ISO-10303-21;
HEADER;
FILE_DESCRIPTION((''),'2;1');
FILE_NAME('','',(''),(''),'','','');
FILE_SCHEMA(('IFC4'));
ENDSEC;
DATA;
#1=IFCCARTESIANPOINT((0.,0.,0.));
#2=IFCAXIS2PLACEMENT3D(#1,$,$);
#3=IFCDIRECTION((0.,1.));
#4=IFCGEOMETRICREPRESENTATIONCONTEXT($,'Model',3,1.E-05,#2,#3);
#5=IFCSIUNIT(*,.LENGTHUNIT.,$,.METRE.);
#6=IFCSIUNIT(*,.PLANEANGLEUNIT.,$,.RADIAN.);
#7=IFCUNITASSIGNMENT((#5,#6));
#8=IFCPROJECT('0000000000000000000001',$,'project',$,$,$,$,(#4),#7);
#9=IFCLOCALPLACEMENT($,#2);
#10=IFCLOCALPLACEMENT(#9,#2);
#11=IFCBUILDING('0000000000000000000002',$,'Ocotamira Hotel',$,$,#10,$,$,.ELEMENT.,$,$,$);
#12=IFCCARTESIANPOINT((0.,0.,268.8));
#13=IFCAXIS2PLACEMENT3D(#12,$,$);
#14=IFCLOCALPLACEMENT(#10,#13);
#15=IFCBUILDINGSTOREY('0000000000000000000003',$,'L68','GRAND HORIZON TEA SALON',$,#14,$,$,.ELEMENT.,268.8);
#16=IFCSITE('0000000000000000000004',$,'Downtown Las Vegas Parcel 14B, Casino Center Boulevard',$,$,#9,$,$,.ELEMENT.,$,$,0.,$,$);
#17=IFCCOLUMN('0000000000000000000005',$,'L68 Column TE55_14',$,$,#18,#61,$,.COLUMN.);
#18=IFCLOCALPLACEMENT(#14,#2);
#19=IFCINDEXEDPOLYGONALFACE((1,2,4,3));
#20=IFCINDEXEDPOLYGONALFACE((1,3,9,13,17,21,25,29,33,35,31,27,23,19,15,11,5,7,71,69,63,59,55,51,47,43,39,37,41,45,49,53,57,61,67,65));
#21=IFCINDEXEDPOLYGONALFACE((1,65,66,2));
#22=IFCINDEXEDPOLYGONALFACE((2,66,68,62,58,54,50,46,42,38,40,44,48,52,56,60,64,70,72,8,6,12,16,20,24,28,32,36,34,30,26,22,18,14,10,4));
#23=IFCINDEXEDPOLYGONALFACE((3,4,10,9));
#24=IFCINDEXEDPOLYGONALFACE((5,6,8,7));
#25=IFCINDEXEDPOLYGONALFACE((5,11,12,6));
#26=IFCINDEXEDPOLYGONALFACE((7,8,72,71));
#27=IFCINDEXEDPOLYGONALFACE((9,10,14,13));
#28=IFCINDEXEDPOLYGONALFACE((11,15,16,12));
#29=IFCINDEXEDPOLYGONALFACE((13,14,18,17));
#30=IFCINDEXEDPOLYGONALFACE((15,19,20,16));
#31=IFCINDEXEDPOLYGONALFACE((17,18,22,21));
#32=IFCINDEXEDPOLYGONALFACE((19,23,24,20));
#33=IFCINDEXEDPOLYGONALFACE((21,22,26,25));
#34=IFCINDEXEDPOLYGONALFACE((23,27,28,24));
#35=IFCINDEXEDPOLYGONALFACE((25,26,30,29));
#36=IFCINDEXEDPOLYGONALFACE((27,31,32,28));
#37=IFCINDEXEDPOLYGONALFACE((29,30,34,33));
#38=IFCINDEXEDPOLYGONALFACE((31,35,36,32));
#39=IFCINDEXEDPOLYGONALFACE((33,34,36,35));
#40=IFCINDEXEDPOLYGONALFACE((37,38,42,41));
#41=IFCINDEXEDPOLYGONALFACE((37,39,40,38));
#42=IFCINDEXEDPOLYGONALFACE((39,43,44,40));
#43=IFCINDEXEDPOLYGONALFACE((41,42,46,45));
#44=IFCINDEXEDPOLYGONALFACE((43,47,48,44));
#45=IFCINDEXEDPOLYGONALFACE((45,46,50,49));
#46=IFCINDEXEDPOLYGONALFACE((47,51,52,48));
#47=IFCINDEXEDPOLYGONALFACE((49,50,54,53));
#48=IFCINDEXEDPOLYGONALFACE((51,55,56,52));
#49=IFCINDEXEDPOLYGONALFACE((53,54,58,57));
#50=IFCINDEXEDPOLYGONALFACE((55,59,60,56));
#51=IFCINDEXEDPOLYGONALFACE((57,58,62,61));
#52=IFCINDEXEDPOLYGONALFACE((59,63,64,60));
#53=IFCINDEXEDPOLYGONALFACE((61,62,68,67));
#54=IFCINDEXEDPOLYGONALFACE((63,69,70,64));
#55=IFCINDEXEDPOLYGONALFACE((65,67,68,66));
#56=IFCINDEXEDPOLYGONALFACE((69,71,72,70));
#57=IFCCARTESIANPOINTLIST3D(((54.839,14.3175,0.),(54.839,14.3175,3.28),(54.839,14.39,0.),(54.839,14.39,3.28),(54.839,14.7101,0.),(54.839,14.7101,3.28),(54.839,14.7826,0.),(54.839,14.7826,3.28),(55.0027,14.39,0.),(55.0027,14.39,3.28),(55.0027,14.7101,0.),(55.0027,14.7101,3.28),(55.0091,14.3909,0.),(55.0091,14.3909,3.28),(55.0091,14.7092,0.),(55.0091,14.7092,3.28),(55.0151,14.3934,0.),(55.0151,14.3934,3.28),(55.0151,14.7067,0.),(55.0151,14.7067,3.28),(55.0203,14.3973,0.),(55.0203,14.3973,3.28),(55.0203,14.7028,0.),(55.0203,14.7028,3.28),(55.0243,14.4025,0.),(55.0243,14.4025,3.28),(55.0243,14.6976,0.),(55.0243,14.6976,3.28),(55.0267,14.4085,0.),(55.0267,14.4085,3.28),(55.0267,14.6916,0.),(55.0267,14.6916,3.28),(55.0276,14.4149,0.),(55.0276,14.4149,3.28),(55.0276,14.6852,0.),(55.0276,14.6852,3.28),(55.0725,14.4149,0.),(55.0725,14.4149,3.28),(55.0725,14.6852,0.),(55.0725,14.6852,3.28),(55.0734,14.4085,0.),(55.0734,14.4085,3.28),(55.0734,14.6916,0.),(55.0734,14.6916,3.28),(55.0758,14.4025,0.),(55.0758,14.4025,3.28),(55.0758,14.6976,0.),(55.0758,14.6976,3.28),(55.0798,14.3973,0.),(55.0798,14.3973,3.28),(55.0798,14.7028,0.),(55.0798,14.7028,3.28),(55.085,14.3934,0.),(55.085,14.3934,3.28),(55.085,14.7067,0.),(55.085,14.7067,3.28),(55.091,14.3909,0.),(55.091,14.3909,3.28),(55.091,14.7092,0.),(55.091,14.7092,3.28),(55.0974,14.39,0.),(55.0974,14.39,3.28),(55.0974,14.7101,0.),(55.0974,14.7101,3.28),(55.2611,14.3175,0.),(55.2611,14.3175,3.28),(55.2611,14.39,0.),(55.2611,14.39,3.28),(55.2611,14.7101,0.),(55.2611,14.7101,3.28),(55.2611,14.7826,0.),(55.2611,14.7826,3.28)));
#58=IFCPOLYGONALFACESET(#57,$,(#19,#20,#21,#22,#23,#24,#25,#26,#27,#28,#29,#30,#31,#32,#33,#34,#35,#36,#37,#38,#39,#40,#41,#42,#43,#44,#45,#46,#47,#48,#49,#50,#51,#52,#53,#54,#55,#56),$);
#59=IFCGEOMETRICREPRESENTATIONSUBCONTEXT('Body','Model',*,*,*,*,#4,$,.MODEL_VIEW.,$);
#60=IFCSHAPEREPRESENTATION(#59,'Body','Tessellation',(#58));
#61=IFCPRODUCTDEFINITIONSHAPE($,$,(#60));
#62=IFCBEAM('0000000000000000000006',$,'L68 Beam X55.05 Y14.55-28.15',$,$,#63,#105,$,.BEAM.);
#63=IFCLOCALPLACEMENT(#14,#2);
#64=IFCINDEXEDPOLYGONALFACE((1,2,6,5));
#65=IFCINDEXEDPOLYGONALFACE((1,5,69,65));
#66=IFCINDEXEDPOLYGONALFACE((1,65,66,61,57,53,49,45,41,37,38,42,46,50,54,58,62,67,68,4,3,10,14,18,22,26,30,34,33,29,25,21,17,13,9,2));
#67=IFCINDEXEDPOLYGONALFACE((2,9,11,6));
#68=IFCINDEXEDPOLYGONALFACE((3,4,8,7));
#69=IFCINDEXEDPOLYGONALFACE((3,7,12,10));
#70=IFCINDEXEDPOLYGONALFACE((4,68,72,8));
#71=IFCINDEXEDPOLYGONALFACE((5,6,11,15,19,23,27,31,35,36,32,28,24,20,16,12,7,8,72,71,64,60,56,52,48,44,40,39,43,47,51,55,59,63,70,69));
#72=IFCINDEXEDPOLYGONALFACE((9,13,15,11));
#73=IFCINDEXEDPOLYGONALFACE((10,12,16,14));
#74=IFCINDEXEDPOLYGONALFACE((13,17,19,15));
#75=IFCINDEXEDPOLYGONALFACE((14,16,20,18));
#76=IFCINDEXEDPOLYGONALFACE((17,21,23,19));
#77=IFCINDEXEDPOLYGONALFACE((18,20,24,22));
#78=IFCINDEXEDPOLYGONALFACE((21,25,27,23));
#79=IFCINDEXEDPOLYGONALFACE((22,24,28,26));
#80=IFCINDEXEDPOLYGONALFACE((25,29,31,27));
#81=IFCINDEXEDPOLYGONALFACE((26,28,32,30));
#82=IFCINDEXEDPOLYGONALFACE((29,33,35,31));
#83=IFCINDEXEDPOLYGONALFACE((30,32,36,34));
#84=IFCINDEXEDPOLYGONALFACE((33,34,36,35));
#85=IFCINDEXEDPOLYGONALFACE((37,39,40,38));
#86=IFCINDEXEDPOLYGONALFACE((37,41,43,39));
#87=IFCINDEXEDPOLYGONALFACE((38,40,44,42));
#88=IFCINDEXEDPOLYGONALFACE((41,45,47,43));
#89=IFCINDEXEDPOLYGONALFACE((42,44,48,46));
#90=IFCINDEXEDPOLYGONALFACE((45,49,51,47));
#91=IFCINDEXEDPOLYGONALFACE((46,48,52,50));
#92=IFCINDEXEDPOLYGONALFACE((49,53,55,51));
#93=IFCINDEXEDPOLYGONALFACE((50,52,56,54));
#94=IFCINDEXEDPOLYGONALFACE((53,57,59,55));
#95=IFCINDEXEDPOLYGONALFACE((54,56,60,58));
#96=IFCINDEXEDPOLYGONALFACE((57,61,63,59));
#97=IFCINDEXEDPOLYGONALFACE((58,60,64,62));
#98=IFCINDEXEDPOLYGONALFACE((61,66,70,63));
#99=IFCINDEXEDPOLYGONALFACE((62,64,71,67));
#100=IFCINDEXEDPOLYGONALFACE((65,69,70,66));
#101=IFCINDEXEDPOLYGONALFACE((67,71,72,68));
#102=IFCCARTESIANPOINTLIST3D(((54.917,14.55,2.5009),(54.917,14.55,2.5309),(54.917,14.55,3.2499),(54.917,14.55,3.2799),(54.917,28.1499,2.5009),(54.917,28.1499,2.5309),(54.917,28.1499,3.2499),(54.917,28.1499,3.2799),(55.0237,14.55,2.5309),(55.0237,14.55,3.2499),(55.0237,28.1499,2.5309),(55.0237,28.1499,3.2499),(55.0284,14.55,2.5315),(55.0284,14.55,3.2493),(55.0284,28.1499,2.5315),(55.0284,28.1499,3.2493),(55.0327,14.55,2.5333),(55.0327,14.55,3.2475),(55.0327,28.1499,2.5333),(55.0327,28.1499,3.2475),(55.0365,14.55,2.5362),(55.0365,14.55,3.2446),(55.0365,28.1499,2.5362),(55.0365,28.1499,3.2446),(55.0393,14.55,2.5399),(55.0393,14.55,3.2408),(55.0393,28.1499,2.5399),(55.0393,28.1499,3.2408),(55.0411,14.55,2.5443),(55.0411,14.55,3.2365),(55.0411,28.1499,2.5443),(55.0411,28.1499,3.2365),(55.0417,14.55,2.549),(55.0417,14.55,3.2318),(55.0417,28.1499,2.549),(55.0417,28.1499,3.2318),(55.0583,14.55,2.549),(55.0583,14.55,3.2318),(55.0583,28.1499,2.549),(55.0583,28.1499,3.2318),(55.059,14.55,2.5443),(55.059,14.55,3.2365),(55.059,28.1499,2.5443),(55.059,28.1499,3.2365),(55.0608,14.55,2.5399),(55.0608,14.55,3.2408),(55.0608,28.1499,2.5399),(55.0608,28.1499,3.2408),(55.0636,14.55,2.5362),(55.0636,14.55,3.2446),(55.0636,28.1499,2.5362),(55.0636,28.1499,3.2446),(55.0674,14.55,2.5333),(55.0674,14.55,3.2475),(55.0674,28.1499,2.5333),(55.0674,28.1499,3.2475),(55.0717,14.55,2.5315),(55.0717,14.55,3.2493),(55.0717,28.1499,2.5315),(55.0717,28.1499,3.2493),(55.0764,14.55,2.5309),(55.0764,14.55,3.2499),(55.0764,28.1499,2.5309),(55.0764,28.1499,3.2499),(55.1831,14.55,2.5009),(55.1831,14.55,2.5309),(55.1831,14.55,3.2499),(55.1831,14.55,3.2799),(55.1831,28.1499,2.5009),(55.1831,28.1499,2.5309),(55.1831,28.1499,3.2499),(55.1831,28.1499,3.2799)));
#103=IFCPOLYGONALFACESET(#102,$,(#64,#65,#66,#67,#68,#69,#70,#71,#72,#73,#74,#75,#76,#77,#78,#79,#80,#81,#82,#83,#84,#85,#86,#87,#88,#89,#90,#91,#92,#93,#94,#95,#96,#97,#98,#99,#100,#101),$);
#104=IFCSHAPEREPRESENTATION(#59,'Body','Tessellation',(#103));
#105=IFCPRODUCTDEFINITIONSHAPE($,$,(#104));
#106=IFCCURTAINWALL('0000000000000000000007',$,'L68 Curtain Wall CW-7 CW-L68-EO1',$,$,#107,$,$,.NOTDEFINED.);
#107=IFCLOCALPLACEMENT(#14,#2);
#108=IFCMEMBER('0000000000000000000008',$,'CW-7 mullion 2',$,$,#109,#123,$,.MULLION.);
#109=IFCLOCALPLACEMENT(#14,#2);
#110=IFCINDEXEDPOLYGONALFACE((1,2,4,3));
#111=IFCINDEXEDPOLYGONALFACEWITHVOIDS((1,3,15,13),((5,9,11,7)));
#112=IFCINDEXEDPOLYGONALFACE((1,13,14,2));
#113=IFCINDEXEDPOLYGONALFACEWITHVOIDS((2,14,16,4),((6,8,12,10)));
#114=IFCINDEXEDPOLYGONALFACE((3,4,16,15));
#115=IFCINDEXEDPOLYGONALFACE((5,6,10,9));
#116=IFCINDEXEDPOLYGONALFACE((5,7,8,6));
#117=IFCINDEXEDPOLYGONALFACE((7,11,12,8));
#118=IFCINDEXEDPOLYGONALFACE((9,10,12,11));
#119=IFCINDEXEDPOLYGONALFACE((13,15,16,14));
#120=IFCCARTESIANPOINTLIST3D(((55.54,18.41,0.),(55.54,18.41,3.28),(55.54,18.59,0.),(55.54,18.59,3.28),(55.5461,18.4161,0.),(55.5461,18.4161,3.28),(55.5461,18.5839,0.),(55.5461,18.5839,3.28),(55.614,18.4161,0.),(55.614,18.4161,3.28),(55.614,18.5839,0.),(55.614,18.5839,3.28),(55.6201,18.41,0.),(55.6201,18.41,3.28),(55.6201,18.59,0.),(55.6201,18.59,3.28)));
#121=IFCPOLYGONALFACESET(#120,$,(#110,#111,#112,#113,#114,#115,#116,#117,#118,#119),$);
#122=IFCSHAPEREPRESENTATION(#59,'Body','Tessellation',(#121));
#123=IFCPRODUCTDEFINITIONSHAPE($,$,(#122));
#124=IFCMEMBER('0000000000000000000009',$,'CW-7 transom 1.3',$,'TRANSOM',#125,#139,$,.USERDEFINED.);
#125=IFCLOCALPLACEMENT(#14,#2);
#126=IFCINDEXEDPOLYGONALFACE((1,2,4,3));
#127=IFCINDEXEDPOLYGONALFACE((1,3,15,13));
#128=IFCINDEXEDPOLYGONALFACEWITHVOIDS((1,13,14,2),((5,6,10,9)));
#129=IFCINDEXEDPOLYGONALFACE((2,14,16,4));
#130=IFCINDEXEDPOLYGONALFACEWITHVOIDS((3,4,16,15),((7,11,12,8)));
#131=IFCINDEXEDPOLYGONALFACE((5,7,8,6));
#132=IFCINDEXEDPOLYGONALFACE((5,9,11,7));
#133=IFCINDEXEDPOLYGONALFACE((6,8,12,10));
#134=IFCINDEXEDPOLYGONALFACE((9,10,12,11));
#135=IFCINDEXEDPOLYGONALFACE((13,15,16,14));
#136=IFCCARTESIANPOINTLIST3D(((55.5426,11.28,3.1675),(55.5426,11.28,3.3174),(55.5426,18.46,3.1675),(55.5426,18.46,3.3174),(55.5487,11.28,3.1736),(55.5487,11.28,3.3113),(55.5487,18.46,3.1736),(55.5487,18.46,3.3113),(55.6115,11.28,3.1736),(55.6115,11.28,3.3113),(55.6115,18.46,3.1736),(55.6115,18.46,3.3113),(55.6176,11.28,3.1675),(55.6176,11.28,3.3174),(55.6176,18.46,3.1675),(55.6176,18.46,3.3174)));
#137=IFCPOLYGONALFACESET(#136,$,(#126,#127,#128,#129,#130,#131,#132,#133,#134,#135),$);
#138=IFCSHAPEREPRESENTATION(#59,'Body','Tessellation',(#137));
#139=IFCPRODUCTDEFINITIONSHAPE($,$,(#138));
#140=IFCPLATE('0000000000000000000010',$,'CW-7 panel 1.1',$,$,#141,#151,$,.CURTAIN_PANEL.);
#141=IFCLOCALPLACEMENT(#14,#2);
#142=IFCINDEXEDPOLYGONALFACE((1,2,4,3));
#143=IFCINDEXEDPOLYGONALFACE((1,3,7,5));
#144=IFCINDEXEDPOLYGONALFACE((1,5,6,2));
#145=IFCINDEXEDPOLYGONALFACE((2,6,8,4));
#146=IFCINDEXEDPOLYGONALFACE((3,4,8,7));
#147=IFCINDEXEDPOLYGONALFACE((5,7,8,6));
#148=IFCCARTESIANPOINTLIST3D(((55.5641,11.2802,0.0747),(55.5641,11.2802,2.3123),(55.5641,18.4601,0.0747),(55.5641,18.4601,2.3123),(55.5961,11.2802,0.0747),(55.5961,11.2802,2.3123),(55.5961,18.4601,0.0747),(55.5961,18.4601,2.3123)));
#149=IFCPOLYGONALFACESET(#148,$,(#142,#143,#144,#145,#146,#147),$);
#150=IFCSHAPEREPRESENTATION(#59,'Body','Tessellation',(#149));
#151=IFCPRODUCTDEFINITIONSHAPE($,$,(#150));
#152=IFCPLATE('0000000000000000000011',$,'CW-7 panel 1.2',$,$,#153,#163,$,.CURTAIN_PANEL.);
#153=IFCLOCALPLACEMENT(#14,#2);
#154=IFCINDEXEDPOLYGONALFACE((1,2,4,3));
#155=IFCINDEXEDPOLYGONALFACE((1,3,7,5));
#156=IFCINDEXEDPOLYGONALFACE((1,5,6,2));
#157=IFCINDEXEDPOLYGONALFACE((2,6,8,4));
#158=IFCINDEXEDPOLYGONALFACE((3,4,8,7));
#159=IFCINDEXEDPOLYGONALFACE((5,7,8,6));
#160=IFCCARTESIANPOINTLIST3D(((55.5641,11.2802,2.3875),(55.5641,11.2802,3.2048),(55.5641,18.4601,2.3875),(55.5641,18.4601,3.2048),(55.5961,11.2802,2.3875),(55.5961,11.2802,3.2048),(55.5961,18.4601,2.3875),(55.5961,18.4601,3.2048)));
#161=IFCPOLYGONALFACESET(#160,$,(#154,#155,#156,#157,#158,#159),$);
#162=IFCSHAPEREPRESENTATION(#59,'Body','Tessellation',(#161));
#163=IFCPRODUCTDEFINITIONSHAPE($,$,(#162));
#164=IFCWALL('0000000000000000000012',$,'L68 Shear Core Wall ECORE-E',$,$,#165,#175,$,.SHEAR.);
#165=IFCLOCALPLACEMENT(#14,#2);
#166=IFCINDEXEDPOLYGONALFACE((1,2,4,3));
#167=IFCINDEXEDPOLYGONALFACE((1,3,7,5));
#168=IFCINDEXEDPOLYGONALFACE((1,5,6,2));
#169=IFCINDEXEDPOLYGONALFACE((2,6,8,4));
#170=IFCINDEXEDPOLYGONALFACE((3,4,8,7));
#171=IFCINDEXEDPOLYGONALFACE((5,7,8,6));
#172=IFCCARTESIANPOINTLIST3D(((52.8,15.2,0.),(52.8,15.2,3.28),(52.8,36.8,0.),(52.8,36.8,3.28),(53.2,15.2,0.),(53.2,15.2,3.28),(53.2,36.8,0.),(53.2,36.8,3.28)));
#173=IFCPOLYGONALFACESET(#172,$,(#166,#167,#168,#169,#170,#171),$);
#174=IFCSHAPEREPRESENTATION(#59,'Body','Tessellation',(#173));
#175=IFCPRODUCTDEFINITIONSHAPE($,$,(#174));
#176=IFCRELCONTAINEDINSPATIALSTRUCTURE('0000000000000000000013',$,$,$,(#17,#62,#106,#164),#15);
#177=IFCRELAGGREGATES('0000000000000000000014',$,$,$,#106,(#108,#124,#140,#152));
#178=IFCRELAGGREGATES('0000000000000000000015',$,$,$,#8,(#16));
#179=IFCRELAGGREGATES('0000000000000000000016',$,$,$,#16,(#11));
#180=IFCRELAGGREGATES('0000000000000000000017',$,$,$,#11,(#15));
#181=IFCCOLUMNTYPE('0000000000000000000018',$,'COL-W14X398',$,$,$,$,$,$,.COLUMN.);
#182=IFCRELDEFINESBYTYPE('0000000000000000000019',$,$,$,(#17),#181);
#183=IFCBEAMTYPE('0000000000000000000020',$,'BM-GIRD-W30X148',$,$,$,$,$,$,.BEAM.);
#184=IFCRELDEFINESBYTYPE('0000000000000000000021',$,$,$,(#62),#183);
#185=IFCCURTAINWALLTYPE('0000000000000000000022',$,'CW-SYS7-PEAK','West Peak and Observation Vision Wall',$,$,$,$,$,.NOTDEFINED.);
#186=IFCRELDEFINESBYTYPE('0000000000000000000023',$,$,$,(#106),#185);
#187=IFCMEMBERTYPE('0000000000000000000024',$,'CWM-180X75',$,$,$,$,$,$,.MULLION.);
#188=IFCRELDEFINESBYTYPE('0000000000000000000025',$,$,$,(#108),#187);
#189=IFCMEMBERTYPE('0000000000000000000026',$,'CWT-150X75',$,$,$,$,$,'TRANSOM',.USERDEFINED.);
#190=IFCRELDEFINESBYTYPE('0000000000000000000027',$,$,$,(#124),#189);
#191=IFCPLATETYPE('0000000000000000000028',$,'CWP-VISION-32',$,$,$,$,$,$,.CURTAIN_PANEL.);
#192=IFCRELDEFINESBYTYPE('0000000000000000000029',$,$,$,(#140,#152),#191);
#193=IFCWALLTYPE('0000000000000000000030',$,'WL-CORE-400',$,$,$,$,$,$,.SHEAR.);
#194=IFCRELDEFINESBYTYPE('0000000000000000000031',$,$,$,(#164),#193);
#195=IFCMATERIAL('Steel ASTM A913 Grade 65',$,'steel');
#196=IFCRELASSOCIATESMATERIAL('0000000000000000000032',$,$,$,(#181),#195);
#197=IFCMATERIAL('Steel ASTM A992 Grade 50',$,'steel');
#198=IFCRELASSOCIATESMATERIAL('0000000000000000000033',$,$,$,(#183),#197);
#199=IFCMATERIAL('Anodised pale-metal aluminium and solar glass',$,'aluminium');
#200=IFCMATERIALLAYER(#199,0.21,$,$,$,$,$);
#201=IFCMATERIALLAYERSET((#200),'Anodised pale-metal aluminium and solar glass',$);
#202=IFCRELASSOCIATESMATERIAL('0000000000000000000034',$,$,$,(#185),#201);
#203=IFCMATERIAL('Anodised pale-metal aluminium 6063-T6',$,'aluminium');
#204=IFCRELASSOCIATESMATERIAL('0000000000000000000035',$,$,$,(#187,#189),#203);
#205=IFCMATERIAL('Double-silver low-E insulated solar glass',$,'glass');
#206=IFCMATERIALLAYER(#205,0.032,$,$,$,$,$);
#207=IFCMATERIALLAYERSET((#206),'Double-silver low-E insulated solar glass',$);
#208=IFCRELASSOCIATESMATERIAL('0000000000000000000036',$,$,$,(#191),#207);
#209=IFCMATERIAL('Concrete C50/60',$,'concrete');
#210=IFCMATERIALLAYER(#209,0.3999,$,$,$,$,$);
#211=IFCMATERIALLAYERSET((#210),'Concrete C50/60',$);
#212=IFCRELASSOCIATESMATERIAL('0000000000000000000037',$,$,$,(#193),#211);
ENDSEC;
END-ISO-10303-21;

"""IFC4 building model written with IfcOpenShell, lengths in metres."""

from ifc_helpers import new_model, si_unit, direction, frame, frame_2d, origin, origin_2d, place, context, subcontext, project, spatial, rectangle, hollow_rectangle, i_section, extrude, source, transform, mapped, material, layer, layer_set, material_profile, profile_set, type_object, element, aggregate, save


model = new_model("IFC4")

# Units and contexts
model_context = context("Model", 3, precision=1e-05, world=origin(), true_north=direction((0.0, 1.0)))
body_context = subcontext(model_context, "Body", "Model", "MODEL_VIEW")
ifc_project = project(units=[si_unit("LENGTHUNIT", "METRE"), si_unit("PLANEANGLEUNIT", "RADIAN")], contexts=[model_context])

# Site, building, storey
site_placement = place(None, origin())
site = spatial("IfcSite", under=ifc_project, at=site_placement, Name="Downtown Las Vegas Parcel 14B, Casino Center Boulevard", CompositionType="ELEMENT", RefElevation=0.0)
building_placement = place(site_placement, origin())
building = spatial("IfcBuilding", under=site, at=building_placement, Name="Ocotamira Hotel", CompositionType="ELEMENT")
storey_placement = place(building_placement, frame((0.0, 0.0, 268.8)))
storey = spatial("IfcBuildingStorey", under=building, at=storey_placement, Name="L68", Description="GRAND HORIZON TEA SALON", CompositionType="ELEMENT", Elevation=268.8)

# Column
ifc_material_1 = material(Name="Steel ASTM A913 Grade 65", Category="steel")
ifc_material_profile_1 = material_profile(ifc_material_1, i_section(OverallWidth=0.4221, OverallDepth=0.4651, WebThickness=0.0449, FlangeThickness=0.0725, FilletRadius=0.0249, at=origin_2d()), Name="W14X398")
ifc_profile_set_1 = profile_set([ifc_material_profile_1], Name="Steel ASTM A913 Grade 65")
column_type = type_object("IfcColumnType", Name="COL-W14X398", PredefinedType="COLUMN", material=ifc_profile_set_1)
shared_shape_1 = source(origin(), body_context, "Body", "SweptSolid", [
    extrude(i_section(OverallWidth=0.4221, OverallDepth=0.4651, WebThickness=0.0449, FlangeThickness=0.0725, FilletRadius=0.0249, at=origin_2d()), origin(), (0.0, 0.0, 1.0), 3.28),
])
column_placement = place(storey_placement, frame((55.05, 14.55, 0.0), z_axis=(0.0, 0.0, 1.0), x_axis=(1.0, 0.0, 0.0)))
element("IfcColumn", 1, at=column_placement, inside=storey, type_object=column_type, Name="L68 Column TE55_14", PredefinedType="COLUMN", context=body_context, shape_type="MappedRepresentation", body=[
    mapped(shared_shape_1, transform((0.0, 0.0, 0.0), scale=1.0)),
])

# Beam
ifc_material_2 = material(Name="Steel ASTM A992 Grade 50", Category="steel")
ifc_material_profile_2 = material_profile(ifc_material_2, i_section(OverallWidth=0.2661, OverallDepth=0.7791, WebThickness=0.0166, FlangeThickness=0.03, FilletRadius=0.0181, at=origin_2d()), Name="W30X148")
ifc_profile_set_2 = profile_set([ifc_material_profile_2], Name="Steel ASTM A992 Grade 50")
beam_type = type_object("IfcBeamType", Name="BM-GIRD-W30X148", PredefinedType="BEAM", material=ifc_profile_set_2)
shared_shape_2 = source(origin(), body_context, "Body", "SweptSolid", [
    extrude(i_section(OverallWidth=0.2661, OverallDepth=0.7791, WebThickness=0.0166, FlangeThickness=0.03, FilletRadius=0.0181, at=origin_2d()), origin(), (0.0, 0.0, 1.0), 13.5999),
])
beam_placement = place(storey_placement, frame((55.05, 14.55, 2.8904), z_axis=(0.0, 1.0, 0.0), x_axis=(-1.0, 0.0, 0.0)))
element("IfcBeam", 2, at=beam_placement, inside=storey, type_object=beam_type, Name="L68 Beam X55.05 Y14.55-28.15", PredefinedType="BEAM", context=body_context, shape_type="MappedRepresentation", body=[
    mapped(shared_shape_2, transform((0.0, 0.0, 0.0), scale=1.0)),
])

# Curtain wall, members, plates
ifc_material_3 = material(Name="Anodised pale-metal aluminium and solar glass", Category="aluminium")
ifc_layer_1 = layer(ifc_material_3, 0.21)
ifc_layer_set_1 = layer_set([ifc_layer_1], Name="Anodised pale-metal aluminium and solar glass")
curtain_wall_type = type_object("IfcCurtainWallType", Name="CW-SYS7-PEAK", Description="West Peak and Observation Vision Wall", PredefinedType="NOTDEFINED", material=ifc_layer_set_1)
curtain_wall_placement = place(storey_placement, origin())
curtain_wall = element("IfcCurtainWall", 3, at=curtain_wall_placement, inside=storey, type_object=curtain_wall_type, Name="L68 Curtain Wall CW-7 CW-L68-EO1", PredefinedType="NOTDEFINED")
ifc_material_4 = material(Name="Anodised pale-metal aluminium 6063-T6", Category="aluminium")
ifc_material_profile_3 = material_profile(ifc_material_4, hollow_rectangle(XDim=0.0801, YDim=0.1799, WallThickness=0.0061, at=origin_2d()), Name="HSS180X80X6")
ifc_profile_set_3 = profile_set([ifc_material_profile_3], Name="Anodised pale-metal aluminium 6063-T6")
member_type_1 = type_object("IfcMemberType", Name="CWM-180X75", PredefinedType="MULLION", material=ifc_profile_set_3)
shared_shape_3 = source(origin(), body_context, "Body", "SweptSolid", [
    extrude(hollow_rectangle(XDim=0.0801, YDim=0.1799, WallThickness=0.0061, at=origin_2d()), origin(), (0.0, 0.0, 1.0), 3.28),
])
member_1_placement = place(storey_placement, frame((55.5801, 18.5, 0.0), z_axis=(0.0, 0.0, 1.0), x_axis=(-1.0, 0.0, 0.0)))
member_1 = element("IfcMember", 4, at=member_1_placement, type_object=member_type_1, Name="CW-7 mullion 2", PredefinedType="MULLION", context=body_context, shape_type="MappedRepresentation", body=[
    mapped(shared_shape_3, transform((0.0, 0.0, 0.0), scale=1.0)),
])
ifc_material_profile_4 = material_profile(ifc_material_4, hollow_rectangle(XDim=0.075, YDim=0.1499, WallThickness=0.0061, at=origin_2d()), Name="HSS150X75X6")
ifc_profile_set_4 = profile_set([ifc_material_profile_4], Name="Anodised pale-metal aluminium 6063-T6")
member_type_2 = type_object("IfcMemberType", Name="CWT-150X75", ElementType="TRANSOM", PredefinedType="USERDEFINED", material=ifc_profile_set_4)
shared_shape_4 = source(origin(), body_context, "Body", "SweptSolid", [
    extrude(hollow_rectangle(XDim=0.075, YDim=0.1499, WallThickness=0.0061, at=origin_2d()), origin(), (0.0, 0.0, 1.0), 7.1799),
])
member_2_placement = place(storey_placement, frame((55.5801, 11.28, 3.2424), z_axis=(0.0, 1.0, 0.0), x_axis=(-1.0, 0.0, 0.0)))
member_2 = element("IfcMember", 5, at=member_2_placement, type_object=member_type_2, Name="CW-7 transom 1.3", ObjectType="TRANSOM", PredefinedType="USERDEFINED", context=body_context, shape_type="MappedRepresentation", body=[
    mapped(shared_shape_4, transform((0.0, 0.0, 0.0), scale=1.0)),
])
ifc_material_5 = material(Name="Double-silver low-E insulated solar glass", Category="glass")
ifc_layer_2 = layer(ifc_material_5, 0.032)
ifc_layer_set_2 = layer_set([ifc_layer_2], Name="Double-silver low-E insulated solar glass")
plate_type = type_object("IfcPlateType", Name="CWP-VISION-32", PredefinedType="CURTAIN_PANEL", material=ifc_layer_set_2)
shared_shape_5 = source(origin(), body_context, "Body", "SweptSolid", [
    extrude(rectangle(XDim=7.1799, YDim=0.032, at=origin_2d()), origin(), (0.0, 0.0, 1.0), 2.2375),
])
plate_1_placement = place(storey_placement, frame((55.5801, 14.8701, 0.0747), z_axis=(0.0, 0.0, 1.0), x_axis=(0.0, 1.0, 0.0)))
plate_1 = element("IfcPlate", 6, at=plate_1_placement, type_object=plate_type, Name="CW-7 panel 1.1", PredefinedType="CURTAIN_PANEL", context=body_context, shape_type="MappedRepresentation", body=[
    mapped(shared_shape_5, transform((0.0, 0.0, 0.0), scale=1.0)),
])
shared_shape_6 = source(origin(), body_context, "Body", "SweptSolid", [
    extrude(rectangle(XDim=7.1799, YDim=0.032, at=origin_2d()), origin(), (0.0, 0.0, 1.0), 0.8174),
])
plate_2_placement = place(storey_placement, frame((55.5801, 14.8701, 2.3875), z_axis=(0.0, 0.0, 1.0), x_axis=(0.0, 1.0, 0.0)))
plate_2 = element("IfcPlate", 7, at=plate_2_placement, type_object=plate_type, Name="CW-7 panel 1.2", PredefinedType="CURTAIN_PANEL", context=body_context, shape_type="MappedRepresentation", body=[
    mapped(shared_shape_6, transform((0.0, 0.0, 0.0), scale=1.0)),
])
aggregate(curtain_wall, [member_1, member_2, plate_1, plate_2])

# Wall
ifc_material_6 = material(Name="Concrete C50/60", Category="concrete")
ifc_layer_3 = layer(ifc_material_6, 0.3999)
ifc_layer_set_3 = layer_set([ifc_layer_3], Name="Concrete C50/60")
wall_type_1 = type_object("IfcWallType", Name="WL-CORE-400", PredefinedType="SHEAR", material=ifc_layer_set_3)
wall_1_placement = place(storey_placement, frame((53.0, 15.2, 0.0), z_axis=(0.0, 0.0, 1.0), x_axis=(0.0, 1.0, 0.0)))
element("IfcWall", 8, at=wall_1_placement, inside=storey, type_object=wall_type_1, Name="L68 Shear Core Wall ECORE-E", PredefinedType="SHEAR", context=body_context, shape_type="SweptSolid", body=[
    extrude(rectangle(XDim=21.6001, YDim=0.3999, at=frame_2d((10.8, 0.0))), origin(), (0.0, 0.0, 1.0), 3.28),
])

save(model, "model.ifc")
